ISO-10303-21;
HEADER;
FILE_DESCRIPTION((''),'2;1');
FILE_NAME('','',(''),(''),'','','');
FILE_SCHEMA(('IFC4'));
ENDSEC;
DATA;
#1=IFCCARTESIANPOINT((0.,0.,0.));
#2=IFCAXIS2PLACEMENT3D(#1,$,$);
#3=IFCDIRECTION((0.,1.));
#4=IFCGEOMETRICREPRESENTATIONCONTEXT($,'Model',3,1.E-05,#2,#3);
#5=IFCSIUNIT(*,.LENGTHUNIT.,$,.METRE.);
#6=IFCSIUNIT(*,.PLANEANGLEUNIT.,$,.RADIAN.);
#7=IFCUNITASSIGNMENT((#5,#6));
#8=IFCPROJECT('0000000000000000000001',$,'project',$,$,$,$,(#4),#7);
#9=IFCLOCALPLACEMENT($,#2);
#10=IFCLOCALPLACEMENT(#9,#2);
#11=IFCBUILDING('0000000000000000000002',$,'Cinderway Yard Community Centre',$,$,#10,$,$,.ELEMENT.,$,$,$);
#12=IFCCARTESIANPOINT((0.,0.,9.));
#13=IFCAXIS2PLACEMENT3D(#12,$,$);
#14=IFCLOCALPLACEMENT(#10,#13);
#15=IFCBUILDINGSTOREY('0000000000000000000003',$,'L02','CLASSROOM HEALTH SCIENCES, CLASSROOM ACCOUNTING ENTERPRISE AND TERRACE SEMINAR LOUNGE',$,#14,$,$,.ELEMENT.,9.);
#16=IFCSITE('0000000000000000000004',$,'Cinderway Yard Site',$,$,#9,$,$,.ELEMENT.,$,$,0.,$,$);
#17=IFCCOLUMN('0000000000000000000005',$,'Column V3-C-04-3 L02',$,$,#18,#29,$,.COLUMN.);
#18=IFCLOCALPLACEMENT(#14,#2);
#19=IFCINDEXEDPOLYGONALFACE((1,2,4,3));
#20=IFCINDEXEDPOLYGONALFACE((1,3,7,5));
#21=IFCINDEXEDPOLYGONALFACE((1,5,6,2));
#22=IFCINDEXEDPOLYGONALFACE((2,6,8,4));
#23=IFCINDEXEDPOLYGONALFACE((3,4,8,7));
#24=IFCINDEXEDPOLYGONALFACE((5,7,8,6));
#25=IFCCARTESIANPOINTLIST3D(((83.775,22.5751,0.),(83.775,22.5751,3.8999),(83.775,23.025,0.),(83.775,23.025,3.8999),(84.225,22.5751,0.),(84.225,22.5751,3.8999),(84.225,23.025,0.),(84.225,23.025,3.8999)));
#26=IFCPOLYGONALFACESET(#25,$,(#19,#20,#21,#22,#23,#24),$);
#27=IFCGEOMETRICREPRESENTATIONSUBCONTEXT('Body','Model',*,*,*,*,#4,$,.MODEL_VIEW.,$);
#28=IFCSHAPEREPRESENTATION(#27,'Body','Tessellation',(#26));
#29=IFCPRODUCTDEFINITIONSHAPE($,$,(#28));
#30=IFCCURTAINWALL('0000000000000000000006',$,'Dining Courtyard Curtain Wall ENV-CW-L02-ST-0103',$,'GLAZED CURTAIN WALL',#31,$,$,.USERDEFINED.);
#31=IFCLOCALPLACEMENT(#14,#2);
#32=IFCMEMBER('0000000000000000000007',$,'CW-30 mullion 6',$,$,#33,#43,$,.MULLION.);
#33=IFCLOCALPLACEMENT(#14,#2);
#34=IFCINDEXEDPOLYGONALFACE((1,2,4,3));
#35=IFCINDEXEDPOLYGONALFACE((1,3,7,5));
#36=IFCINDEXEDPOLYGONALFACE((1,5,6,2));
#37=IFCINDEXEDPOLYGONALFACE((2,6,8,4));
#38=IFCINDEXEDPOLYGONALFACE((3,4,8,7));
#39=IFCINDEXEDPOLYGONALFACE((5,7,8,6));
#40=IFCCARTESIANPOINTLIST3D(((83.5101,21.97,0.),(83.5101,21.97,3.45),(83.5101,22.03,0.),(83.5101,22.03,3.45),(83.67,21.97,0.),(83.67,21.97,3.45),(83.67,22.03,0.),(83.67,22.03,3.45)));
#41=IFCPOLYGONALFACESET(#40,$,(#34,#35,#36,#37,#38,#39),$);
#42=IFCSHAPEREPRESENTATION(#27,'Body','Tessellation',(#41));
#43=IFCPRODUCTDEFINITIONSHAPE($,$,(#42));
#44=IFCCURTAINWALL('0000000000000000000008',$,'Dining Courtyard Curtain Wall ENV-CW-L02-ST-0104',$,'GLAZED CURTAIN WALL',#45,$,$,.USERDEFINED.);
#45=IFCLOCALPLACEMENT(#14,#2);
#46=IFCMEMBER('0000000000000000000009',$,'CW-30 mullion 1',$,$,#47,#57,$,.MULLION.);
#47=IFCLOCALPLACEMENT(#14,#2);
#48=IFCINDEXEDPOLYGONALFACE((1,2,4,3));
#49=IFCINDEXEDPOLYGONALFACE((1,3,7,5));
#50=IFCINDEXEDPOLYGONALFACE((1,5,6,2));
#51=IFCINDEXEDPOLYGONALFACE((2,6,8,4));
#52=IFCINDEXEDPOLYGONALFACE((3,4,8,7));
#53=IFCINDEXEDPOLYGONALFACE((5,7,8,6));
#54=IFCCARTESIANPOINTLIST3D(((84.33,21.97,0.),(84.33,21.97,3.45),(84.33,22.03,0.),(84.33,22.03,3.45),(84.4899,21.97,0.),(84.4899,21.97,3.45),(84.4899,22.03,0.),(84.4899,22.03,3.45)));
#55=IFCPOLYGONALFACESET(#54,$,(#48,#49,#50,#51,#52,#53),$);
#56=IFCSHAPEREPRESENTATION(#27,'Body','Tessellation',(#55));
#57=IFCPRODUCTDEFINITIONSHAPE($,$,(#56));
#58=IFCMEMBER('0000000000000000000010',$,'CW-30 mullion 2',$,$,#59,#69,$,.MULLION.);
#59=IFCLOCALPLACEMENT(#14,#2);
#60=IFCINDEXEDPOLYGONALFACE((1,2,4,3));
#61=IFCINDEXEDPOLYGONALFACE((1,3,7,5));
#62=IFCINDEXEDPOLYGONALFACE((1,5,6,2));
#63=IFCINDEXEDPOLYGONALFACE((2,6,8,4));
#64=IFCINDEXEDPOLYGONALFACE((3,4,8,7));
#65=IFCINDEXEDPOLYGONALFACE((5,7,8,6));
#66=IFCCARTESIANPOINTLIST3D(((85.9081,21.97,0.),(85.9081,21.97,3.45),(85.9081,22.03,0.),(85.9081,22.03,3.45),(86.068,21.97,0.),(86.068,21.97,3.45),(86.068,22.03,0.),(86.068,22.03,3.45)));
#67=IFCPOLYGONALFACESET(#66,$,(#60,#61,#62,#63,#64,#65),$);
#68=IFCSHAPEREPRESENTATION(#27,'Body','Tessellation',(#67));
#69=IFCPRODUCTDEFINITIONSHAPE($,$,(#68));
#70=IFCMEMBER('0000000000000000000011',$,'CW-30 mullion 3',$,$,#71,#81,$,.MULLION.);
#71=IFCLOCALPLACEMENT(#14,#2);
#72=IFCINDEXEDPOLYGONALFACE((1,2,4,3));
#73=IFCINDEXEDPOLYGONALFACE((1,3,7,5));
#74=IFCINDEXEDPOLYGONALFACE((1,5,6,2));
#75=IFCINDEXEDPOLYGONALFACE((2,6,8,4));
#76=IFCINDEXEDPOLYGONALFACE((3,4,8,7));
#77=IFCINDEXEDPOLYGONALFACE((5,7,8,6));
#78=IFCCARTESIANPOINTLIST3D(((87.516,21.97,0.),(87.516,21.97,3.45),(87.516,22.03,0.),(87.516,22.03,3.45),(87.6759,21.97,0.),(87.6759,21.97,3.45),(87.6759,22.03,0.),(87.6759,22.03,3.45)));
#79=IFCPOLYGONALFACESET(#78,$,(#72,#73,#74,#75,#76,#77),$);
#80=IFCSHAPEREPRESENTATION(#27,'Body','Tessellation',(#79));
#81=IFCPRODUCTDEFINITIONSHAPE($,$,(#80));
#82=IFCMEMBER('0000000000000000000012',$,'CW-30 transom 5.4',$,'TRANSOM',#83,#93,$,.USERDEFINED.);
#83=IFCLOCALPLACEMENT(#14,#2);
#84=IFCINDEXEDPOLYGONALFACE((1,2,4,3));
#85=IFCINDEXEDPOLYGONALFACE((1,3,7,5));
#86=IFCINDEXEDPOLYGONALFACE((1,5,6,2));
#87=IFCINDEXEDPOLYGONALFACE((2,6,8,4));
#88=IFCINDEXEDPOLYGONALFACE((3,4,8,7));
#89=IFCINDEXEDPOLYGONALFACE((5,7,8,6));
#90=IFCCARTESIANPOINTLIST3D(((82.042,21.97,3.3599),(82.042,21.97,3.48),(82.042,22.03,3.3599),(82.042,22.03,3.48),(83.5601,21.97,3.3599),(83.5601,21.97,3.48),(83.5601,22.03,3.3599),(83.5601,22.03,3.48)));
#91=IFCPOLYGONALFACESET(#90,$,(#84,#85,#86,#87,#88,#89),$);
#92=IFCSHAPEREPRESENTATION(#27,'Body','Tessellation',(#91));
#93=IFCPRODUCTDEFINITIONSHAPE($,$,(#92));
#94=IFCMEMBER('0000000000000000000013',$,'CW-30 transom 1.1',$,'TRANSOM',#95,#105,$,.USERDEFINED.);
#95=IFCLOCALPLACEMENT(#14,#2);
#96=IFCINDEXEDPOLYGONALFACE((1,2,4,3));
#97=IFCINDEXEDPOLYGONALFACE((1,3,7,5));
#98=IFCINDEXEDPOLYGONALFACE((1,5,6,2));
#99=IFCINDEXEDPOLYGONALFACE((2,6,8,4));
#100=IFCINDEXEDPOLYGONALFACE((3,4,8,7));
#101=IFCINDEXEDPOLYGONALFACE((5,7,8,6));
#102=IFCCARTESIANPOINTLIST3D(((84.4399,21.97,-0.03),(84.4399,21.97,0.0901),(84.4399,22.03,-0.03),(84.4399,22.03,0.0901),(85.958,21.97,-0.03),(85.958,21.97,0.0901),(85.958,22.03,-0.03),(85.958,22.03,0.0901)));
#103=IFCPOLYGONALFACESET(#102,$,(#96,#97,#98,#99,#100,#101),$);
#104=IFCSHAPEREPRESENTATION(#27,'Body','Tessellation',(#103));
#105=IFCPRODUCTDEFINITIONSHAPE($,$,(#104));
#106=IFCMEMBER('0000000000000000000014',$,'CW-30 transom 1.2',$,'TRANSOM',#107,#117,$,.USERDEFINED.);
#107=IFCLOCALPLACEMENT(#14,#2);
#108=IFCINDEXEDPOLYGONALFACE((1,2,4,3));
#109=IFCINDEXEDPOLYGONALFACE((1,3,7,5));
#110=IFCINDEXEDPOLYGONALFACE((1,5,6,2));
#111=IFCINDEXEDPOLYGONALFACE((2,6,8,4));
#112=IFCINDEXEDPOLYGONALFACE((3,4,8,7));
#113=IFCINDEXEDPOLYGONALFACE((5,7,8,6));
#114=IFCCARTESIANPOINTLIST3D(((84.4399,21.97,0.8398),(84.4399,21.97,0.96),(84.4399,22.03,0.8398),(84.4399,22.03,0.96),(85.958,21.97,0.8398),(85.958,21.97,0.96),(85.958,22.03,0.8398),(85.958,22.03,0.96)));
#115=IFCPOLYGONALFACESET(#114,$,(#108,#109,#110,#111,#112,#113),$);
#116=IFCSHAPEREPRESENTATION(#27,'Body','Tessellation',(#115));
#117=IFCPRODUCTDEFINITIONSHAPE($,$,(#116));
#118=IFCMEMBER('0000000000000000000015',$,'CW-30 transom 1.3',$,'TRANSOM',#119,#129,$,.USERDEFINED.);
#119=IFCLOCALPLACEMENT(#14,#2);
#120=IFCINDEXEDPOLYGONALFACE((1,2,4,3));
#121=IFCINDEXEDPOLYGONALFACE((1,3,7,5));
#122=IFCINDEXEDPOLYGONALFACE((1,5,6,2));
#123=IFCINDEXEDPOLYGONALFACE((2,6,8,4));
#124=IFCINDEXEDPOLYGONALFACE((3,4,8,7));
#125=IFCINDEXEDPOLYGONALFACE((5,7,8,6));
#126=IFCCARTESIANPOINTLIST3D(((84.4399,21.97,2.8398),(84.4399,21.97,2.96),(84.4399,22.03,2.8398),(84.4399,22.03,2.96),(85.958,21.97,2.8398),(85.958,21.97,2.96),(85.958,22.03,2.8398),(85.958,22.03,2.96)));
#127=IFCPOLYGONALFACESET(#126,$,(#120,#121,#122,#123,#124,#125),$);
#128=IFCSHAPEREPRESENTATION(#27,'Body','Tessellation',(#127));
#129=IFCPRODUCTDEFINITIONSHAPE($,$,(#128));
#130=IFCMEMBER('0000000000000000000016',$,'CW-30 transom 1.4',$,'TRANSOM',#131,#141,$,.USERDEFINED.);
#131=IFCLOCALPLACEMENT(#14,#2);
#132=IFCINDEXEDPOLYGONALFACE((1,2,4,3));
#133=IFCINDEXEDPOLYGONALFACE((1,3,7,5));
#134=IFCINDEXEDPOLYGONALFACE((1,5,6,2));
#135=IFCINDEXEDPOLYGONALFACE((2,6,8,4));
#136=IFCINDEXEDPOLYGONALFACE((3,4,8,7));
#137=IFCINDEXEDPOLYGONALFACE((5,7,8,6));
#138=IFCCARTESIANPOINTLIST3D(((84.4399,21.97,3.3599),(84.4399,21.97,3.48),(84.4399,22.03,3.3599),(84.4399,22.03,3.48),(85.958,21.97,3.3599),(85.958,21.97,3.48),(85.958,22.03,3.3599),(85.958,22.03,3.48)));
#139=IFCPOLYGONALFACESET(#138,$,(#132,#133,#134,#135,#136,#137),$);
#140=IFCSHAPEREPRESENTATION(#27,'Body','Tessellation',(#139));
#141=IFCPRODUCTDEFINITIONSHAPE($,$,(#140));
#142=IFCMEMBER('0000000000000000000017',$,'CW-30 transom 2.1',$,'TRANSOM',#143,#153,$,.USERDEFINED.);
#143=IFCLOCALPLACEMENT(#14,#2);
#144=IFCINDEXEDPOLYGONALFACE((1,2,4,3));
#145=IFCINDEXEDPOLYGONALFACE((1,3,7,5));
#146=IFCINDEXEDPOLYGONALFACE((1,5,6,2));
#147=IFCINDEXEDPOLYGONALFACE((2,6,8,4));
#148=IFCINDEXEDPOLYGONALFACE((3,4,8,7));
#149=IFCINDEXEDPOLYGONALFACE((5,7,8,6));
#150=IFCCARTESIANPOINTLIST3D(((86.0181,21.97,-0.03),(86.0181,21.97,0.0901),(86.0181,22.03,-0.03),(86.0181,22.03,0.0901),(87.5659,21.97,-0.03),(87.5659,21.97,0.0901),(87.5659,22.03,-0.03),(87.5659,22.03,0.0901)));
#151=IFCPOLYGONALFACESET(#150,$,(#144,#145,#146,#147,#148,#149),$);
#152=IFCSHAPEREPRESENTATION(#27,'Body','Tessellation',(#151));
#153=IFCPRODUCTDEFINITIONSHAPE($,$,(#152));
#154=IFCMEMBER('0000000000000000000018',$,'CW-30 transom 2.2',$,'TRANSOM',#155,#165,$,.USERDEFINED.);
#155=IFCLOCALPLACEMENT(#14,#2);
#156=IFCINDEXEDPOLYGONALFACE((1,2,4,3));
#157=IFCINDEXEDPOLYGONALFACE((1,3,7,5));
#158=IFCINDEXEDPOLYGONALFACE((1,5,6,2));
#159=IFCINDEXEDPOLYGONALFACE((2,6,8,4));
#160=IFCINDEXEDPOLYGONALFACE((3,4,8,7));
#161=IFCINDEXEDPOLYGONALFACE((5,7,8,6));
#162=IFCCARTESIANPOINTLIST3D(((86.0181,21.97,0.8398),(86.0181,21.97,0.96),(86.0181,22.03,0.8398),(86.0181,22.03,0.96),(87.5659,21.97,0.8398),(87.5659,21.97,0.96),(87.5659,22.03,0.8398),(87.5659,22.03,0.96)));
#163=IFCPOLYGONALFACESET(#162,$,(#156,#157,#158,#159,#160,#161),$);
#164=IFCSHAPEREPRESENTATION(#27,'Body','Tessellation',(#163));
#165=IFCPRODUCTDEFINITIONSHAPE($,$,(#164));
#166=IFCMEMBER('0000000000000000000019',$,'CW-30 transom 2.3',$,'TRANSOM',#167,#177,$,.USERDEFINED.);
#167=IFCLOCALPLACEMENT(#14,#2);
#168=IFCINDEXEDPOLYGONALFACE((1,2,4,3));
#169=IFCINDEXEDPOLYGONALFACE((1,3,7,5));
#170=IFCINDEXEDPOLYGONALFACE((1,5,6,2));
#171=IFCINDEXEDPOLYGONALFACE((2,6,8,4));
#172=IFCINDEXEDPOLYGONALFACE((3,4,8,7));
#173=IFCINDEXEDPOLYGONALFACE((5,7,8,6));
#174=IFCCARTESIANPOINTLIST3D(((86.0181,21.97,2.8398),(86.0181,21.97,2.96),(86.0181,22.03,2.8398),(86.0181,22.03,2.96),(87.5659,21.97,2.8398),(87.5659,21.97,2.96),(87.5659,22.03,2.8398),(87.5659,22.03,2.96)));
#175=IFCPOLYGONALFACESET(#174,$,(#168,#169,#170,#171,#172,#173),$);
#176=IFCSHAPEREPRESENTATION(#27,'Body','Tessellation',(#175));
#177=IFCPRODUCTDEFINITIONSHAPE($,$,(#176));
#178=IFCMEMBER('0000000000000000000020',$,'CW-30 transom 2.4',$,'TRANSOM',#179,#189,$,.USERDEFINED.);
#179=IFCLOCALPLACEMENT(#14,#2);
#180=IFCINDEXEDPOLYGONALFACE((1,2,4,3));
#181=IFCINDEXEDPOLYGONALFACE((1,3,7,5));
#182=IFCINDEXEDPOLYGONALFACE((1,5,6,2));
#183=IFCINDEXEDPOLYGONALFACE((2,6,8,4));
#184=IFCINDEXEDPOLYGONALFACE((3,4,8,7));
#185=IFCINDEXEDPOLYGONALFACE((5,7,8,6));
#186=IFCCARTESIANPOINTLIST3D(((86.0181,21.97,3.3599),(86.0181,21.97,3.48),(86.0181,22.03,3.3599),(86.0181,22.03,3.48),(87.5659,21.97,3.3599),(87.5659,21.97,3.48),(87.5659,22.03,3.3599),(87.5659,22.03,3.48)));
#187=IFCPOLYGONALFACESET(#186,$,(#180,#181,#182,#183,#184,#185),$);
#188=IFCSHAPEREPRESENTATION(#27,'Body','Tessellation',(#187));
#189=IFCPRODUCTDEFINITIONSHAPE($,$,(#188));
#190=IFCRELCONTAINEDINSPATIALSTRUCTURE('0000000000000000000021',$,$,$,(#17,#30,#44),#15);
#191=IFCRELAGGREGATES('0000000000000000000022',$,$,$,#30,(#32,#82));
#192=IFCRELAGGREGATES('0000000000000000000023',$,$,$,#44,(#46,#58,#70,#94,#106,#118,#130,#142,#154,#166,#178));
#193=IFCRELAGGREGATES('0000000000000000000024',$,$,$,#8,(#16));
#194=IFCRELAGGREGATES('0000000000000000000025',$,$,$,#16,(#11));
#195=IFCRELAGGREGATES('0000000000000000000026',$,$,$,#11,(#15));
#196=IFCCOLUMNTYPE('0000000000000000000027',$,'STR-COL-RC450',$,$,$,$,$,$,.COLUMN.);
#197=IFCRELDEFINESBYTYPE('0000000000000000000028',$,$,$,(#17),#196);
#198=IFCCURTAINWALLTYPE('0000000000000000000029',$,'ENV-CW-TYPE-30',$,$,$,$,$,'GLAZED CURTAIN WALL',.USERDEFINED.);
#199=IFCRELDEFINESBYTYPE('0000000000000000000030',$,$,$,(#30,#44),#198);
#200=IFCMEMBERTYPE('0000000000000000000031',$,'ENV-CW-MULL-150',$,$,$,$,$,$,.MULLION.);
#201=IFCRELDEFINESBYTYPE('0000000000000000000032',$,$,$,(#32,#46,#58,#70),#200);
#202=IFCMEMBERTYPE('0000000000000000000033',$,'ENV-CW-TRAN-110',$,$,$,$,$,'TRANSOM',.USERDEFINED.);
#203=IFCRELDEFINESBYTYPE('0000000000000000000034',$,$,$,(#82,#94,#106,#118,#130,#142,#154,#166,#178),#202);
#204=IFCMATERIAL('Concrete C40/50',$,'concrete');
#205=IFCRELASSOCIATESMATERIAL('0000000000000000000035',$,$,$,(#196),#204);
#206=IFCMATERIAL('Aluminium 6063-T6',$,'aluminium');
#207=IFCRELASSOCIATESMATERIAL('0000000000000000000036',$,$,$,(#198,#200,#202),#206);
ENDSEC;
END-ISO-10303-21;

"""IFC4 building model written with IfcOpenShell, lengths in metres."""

from ifc_helpers import new_model, si_unit, direction, frame, origin, origin_2d, place, context, subcontext, project, spatial, rectangle, extrude, material, material_profile, profile_set, type_object, element, aggregate, save


model = new_model("IFC4")

# Units and contexts
model_context = context("Model", 3, precision=1e-05, world=origin(), true_north=direction((0.0, 1.0)))
body_context = subcontext(model_context, "Body", "Model", "MODEL_VIEW")
ifc_project = project(units=[si_unit("LENGTHUNIT", "METRE"), si_unit("PLANEANGLEUNIT", "RADIAN")], contexts=[model_context])

# Site, building, storey
site_placement = place(None, origin())
site = spatial("IfcSite", under=ifc_project, at=site_placement, Name="Cinderway Yard Site", CompositionType="ELEMENT", RefElevation=0.0)
building_placement = place(site_placement, origin())
building = spatial("IfcBuilding", under=site, at=building_placement, Name="Cinderway Yard Community Centre", CompositionType="ELEMENT")
storey_placement = place(building_placement, frame((0.0, 0.0, 9.0)))
storey = spatial("IfcBuildingStorey", under=building, at=storey_placement, Name="L02", Description="CLASSROOM HEALTH SCIENCES, CLASSROOM ACCOUNTING ENTERPRISE AND TERRACE SEMINAR LOUNGE", CompositionType="ELEMENT", Elevation=9.0)

# Column
ifc_material_1 = material(Name="Concrete C40/50", Category="concrete")
ifc_material_profile_1 = material_profile(ifc_material_1, rectangle(XDim=0.45, YDim=0.45, at=origin_2d()), Name="Concrete C40/50")
ifc_profile_set_1 = profile_set([ifc_material_profile_1], Name="Concrete C40/50")
column_type = type_object("IfcColumnType", Name="STR-COL-RC450", PredefinedType="COLUMN", material=ifc_profile_set_1)
column_placement = place(storey_placement, frame((84.0, 22.8, 0.0), z_axis=(0.0, 0.0, 1.0), x_axis=(1.0, 0.0, 0.0)))
element("IfcColumn", 1, at=column_placement, inside=storey, type_object=column_type, Name="Column V3-C-04-3 L02", PredefinedType="COLUMN", context=body_context, shape_type="SweptSolid", body=[
    extrude(rectangle(XDim=0.45, YDim=0.45, at=origin_2d()), origin(), (0.0, 0.0, 1.0), 3.8999),
])

# Curtain wall, member
ifc_material_2 = material(Name="Aluminium 6063-T6", Category="aluminium")
curtain_wall_type = type_object("IfcCurtainWallType", Name="ENV-CW-TYPE-30", ElementType="GLAZED CURTAIN WALL", PredefinedType="USERDEFINED", material=ifc_material_2)
curtain_wall_1_placement = place(storey_placement, origin())
curtain_wall_1 = element("IfcCurtainWall", 2, at=curtain_wall_1_placement, inside=storey, type_object=curtain_wall_type, Name="Dining Courtyard Curtain Wall ENV-CW-L02-ST-0103", ObjectType="GLAZED CURTAIN WALL", PredefinedType="USERDEFINED")
ifc_material_profile_2 = material_profile(ifc_material_2, rectangle(XDim=0.0601, YDim=0.1599, at=origin_2d()), Name="Aluminium 6063-T6")
ifc_profile_set_2 = profile_set([ifc_material_profile_2], Name="Aluminium 6063-T6")
member_type_1 = type_object("IfcMemberType", Name="ENV-CW-MULL-150", PredefinedType="MULLION", material=ifc_profile_set_2)
member_1_placement = place(storey_placement, frame((83.5901, 22.0, 0.0), z_axis=(0.0, 0.0, 1.0), x_axis=(0.0, 1.0, 0.0)))
member_1 = element("IfcMember", 3, at=member_1_placement, type_object=member_type_1, Name="CW-30 mullion 6", PredefinedType="MULLION", context=body_context, shape_type="SweptSolid", body=[
    extrude(rectangle(XDim=0.0601, YDim=0.1599, at=origin_2d()), origin(), (0.0, 0.0, 1.0), 3.45),
])

# Curtain wall, members
curtain_wall_2_placement = place(storey_placement, origin())
curtain_wall_2 = element("IfcCurtainWall", 4, at=curtain_wall_2_placement, inside=storey, type_object=curtain_wall_type, Name="Dining Courtyard Curtain Wall ENV-CW-L02-ST-0104", ObjectType="GLAZED CURTAIN WALL", PredefinedType="USERDEFINED")
member_2_placement = place(storey_placement, frame((84.4099, 22.0, 0.0), z_axis=(0.0, 0.0, 1.0), x_axis=(0.0, 1.0, 0.0)))
member_2 = element("IfcMember", 5, at=member_2_placement, type_object=member_type_1, Name="CW-30 mullion 1", PredefinedType="MULLION", context=body_context, shape_type="SweptSolid", body=[
    extrude(rectangle(XDim=0.0601, YDim=0.1599, at=origin_2d()), origin(), (0.0, 0.0, 1.0), 3.45),
])
member_3_placement = place(storey_placement, frame((85.988, 22.0, 0.0), z_axis=(0.0, 0.0, 1.0), x_axis=(0.0, 1.0, 0.0)))
member_3 = element("IfcMember", 6, at=member_3_placement, type_object=member_type_1, Name="CW-30 mullion 2", PredefinedType="MULLION", context=body_context, shape_type="SweptSolid", body=[
    extrude(rectangle(XDim=0.0601, YDim=0.1599, at=origin_2d()), origin(), (0.0, 0.0, 1.0), 3.45),
])
member_4_placement = place(storey_placement, frame((87.5959, 22.0, 0.0), z_axis=(0.0, 0.0, 1.0), x_axis=(0.0, 1.0, 0.0)))
member_4 = element("IfcMember", 7, at=member_4_placement, type_object=member_type_1, Name="CW-30 mullion 3", PredefinedType="MULLION", context=body_context, shape_type="SweptSolid", body=[
    extrude(rectangle(XDim=0.0601, YDim=0.1599, at=origin_2d()), origin(), (0.0, 0.0, 1.0), 3.45),
])

# Members
ifc_material_profile_3 = material_profile(ifc_material_2, rectangle(XDim=0.0601, YDim=0.1201, at=origin_2d()), Name="Aluminium 6063-T6")
ifc_profile_set_3 = profile_set([ifc_material_profile_3], Name="Aluminium 6063-T6")
member_type_2 = type_object("IfcMemberType", Name="ENV-CW-TRAN-110", ElementType="TRANSOM", PredefinedType="USERDEFINED", material=ifc_profile_set_3)
member_5_placement = place(storey_placement, frame((82.042, 22.0, 3.4199), z_axis=(1.0, 0.0, 0.0), x_axis=(0.0, 1.0, 0.0)))
member_5 = element("IfcMember", 8, at=member_5_placement, type_object=member_type_2, Name="CW-30 transom 5.4", ObjectType="TRANSOM", PredefinedType="USERDEFINED", context=body_context, shape_type="SweptSolid", body=[
    extrude(rectangle(XDim=0.0601, YDim=0.1201, at=origin_2d()), origin(), (0.0, 0.0, 1.0), 1.5181),
])
member_6_placement = place(storey_placement, frame((84.4399, 22.0, 0.03), z_axis=(1.0, 0.0, 0.0), x_axis=(0.0, 1.0, 0.0)))
member_6 = element("IfcMember", 9, at=member_6_placement, type_object=member_type_2, Name="CW-30 transom 1.1", ObjectType="TRANSOM", PredefinedType="USERDEFINED", context=body_context, shape_type="SweptSolid", body=[
    extrude(rectangle(XDim=0.0601, YDim=0.1201, at=origin_2d()), origin(), (0.0, 0.0, 1.0), 1.5181),
])
member_7_placement = place(storey_placement, frame((84.4399, 22.0, 0.8999), z_axis=(1.0, 0.0, 0.0), x_axis=(0.0, 1.0, 0.0)))
member_7 = element("IfcMember", 10, at=member_7_placement, type_object=member_type_2, Name="CW-30 transom 1.2", ObjectType="TRANSOM", PredefinedType="USERDEFINED", context=body_context, shape_type="SweptSolid", body=[
    extrude(rectangle(XDim=0.0601, YDim=0.1201, at=origin_2d()), origin(), (0.0, 0.0, 1.0), 1.5181),
])
member_8_placement = place(storey_placement, frame((84.4399, 22.0, 2.8999), z_axis=(1.0, 0.0, 0.0), x_axis=(0.0, 1.0, 0.0)))
member_8 = element("IfcMember", 11, at=member_8_placement, type_object=member_type_2, Name="CW-30 transom 1.3", ObjectType="TRANSOM", PredefinedType="USERDEFINED", context=body_context, shape_type="SweptSolid", body=[
    extrude(rectangle(XDim=0.0601, YDim=0.1201, at=origin_2d()), origin(), (0.0, 0.0, 1.0), 1.5181),
])
member_9_placement = place(storey_placement, frame((84.4399, 22.0, 3.4199), z_axis=(1.0, 0.0, 0.0), x_axis=(0.0, 1.0, 0.0)))
member_9 = element("IfcMember", 12, at=member_9_placement, type_object=member_type_2, Name="CW-30 transom 1.4", ObjectType="TRANSOM", PredefinedType="USERDEFINED", context=body_context, shape_type="SweptSolid", body=[
    extrude(rectangle(XDim=0.0601, YDim=0.1201, at=origin_2d()), origin(), (0.0, 0.0, 1.0), 1.5181),
])
member_10_placement = place(storey_placement, frame((86.0181, 22.0, 0.03), z_axis=(1.0, 0.0, 0.0), x_axis=(0.0, 1.0, 0.0)))
member_10 = element("IfcMember", 13, at=member_10_placement, type_object=member_type_2, Name="CW-30 transom 2.1", ObjectType="TRANSOM", PredefinedType="USERDEFINED", context=body_context, shape_type="SweptSolid", body=[
    extrude(rectangle(XDim=0.0601, YDim=0.1201, at=origin_2d()), origin(), (0.0, 0.0, 1.0), 1.5479),
])
member_11_placement = place(storey_placement, frame((86.0181, 22.0, 0.8999), z_axis=(1.0, 0.0, 0.0), x_axis=(0.0, 1.0, 0.0)))
member_11 = element("IfcMember", 14, at=member_11_placement, type_object=member_type_2, Name="CW-30 transom 2.2", ObjectType="TRANSOM", PredefinedType="USERDEFINED", context=body_context, shape_type="SweptSolid", body=[
    extrude(rectangle(XDim=0.0601, YDim=0.1201, at=origin_2d()), origin(), (0.0, 0.0, 1.0), 1.5479),
])
member_12_placement = place(storey_placement, frame((86.0181, 22.0, 2.8999), z_axis=(1.0, 0.0, 0.0), x_axis=(0.0, 1.0, 0.0)))
member_12 = element("IfcMember", 15, at=member_12_placement, type_object=member_type_2, Name="CW-30 transom 2.3", ObjectType="TRANSOM", PredefinedType="USERDEFINED", context=body_context, shape_type="SweptSolid", body=[
    extrude(rectangle(XDim=0.0601, YDim=0.1201, at=origin_2d()), origin(), (0.0, 0.0, 1.0), 1.5479),
])
member_13_placement = place(storey_placement, frame((86.0181, 22.0, 3.4199), z_axis=(1.0, 0.0, 0.0), x_axis=(0.0, 1.0, 0.0)))
member_13 = element("IfcMember", 16, at=member_13_placement, type_object=member_type_2, Name="CW-30 transom 2.4", ObjectType="TRANSOM", PredefinedType="USERDEFINED", context=body_context, shape_type="SweptSolid", body=[
    extrude(rectangle(XDim=0.0601, YDim=0.1201, at=origin_2d()), origin(), (0.0, 0.0, 1.0), 1.5479),
])

aggregate(curtain_wall_1, [member_1, member_5])
aggregate(curtain_wall_2, [member_2, member_3, member_4, member_6, member_7, member_8, member_9, member_10, member_11, member_12, member_13])

save(model, "model.ifc")
